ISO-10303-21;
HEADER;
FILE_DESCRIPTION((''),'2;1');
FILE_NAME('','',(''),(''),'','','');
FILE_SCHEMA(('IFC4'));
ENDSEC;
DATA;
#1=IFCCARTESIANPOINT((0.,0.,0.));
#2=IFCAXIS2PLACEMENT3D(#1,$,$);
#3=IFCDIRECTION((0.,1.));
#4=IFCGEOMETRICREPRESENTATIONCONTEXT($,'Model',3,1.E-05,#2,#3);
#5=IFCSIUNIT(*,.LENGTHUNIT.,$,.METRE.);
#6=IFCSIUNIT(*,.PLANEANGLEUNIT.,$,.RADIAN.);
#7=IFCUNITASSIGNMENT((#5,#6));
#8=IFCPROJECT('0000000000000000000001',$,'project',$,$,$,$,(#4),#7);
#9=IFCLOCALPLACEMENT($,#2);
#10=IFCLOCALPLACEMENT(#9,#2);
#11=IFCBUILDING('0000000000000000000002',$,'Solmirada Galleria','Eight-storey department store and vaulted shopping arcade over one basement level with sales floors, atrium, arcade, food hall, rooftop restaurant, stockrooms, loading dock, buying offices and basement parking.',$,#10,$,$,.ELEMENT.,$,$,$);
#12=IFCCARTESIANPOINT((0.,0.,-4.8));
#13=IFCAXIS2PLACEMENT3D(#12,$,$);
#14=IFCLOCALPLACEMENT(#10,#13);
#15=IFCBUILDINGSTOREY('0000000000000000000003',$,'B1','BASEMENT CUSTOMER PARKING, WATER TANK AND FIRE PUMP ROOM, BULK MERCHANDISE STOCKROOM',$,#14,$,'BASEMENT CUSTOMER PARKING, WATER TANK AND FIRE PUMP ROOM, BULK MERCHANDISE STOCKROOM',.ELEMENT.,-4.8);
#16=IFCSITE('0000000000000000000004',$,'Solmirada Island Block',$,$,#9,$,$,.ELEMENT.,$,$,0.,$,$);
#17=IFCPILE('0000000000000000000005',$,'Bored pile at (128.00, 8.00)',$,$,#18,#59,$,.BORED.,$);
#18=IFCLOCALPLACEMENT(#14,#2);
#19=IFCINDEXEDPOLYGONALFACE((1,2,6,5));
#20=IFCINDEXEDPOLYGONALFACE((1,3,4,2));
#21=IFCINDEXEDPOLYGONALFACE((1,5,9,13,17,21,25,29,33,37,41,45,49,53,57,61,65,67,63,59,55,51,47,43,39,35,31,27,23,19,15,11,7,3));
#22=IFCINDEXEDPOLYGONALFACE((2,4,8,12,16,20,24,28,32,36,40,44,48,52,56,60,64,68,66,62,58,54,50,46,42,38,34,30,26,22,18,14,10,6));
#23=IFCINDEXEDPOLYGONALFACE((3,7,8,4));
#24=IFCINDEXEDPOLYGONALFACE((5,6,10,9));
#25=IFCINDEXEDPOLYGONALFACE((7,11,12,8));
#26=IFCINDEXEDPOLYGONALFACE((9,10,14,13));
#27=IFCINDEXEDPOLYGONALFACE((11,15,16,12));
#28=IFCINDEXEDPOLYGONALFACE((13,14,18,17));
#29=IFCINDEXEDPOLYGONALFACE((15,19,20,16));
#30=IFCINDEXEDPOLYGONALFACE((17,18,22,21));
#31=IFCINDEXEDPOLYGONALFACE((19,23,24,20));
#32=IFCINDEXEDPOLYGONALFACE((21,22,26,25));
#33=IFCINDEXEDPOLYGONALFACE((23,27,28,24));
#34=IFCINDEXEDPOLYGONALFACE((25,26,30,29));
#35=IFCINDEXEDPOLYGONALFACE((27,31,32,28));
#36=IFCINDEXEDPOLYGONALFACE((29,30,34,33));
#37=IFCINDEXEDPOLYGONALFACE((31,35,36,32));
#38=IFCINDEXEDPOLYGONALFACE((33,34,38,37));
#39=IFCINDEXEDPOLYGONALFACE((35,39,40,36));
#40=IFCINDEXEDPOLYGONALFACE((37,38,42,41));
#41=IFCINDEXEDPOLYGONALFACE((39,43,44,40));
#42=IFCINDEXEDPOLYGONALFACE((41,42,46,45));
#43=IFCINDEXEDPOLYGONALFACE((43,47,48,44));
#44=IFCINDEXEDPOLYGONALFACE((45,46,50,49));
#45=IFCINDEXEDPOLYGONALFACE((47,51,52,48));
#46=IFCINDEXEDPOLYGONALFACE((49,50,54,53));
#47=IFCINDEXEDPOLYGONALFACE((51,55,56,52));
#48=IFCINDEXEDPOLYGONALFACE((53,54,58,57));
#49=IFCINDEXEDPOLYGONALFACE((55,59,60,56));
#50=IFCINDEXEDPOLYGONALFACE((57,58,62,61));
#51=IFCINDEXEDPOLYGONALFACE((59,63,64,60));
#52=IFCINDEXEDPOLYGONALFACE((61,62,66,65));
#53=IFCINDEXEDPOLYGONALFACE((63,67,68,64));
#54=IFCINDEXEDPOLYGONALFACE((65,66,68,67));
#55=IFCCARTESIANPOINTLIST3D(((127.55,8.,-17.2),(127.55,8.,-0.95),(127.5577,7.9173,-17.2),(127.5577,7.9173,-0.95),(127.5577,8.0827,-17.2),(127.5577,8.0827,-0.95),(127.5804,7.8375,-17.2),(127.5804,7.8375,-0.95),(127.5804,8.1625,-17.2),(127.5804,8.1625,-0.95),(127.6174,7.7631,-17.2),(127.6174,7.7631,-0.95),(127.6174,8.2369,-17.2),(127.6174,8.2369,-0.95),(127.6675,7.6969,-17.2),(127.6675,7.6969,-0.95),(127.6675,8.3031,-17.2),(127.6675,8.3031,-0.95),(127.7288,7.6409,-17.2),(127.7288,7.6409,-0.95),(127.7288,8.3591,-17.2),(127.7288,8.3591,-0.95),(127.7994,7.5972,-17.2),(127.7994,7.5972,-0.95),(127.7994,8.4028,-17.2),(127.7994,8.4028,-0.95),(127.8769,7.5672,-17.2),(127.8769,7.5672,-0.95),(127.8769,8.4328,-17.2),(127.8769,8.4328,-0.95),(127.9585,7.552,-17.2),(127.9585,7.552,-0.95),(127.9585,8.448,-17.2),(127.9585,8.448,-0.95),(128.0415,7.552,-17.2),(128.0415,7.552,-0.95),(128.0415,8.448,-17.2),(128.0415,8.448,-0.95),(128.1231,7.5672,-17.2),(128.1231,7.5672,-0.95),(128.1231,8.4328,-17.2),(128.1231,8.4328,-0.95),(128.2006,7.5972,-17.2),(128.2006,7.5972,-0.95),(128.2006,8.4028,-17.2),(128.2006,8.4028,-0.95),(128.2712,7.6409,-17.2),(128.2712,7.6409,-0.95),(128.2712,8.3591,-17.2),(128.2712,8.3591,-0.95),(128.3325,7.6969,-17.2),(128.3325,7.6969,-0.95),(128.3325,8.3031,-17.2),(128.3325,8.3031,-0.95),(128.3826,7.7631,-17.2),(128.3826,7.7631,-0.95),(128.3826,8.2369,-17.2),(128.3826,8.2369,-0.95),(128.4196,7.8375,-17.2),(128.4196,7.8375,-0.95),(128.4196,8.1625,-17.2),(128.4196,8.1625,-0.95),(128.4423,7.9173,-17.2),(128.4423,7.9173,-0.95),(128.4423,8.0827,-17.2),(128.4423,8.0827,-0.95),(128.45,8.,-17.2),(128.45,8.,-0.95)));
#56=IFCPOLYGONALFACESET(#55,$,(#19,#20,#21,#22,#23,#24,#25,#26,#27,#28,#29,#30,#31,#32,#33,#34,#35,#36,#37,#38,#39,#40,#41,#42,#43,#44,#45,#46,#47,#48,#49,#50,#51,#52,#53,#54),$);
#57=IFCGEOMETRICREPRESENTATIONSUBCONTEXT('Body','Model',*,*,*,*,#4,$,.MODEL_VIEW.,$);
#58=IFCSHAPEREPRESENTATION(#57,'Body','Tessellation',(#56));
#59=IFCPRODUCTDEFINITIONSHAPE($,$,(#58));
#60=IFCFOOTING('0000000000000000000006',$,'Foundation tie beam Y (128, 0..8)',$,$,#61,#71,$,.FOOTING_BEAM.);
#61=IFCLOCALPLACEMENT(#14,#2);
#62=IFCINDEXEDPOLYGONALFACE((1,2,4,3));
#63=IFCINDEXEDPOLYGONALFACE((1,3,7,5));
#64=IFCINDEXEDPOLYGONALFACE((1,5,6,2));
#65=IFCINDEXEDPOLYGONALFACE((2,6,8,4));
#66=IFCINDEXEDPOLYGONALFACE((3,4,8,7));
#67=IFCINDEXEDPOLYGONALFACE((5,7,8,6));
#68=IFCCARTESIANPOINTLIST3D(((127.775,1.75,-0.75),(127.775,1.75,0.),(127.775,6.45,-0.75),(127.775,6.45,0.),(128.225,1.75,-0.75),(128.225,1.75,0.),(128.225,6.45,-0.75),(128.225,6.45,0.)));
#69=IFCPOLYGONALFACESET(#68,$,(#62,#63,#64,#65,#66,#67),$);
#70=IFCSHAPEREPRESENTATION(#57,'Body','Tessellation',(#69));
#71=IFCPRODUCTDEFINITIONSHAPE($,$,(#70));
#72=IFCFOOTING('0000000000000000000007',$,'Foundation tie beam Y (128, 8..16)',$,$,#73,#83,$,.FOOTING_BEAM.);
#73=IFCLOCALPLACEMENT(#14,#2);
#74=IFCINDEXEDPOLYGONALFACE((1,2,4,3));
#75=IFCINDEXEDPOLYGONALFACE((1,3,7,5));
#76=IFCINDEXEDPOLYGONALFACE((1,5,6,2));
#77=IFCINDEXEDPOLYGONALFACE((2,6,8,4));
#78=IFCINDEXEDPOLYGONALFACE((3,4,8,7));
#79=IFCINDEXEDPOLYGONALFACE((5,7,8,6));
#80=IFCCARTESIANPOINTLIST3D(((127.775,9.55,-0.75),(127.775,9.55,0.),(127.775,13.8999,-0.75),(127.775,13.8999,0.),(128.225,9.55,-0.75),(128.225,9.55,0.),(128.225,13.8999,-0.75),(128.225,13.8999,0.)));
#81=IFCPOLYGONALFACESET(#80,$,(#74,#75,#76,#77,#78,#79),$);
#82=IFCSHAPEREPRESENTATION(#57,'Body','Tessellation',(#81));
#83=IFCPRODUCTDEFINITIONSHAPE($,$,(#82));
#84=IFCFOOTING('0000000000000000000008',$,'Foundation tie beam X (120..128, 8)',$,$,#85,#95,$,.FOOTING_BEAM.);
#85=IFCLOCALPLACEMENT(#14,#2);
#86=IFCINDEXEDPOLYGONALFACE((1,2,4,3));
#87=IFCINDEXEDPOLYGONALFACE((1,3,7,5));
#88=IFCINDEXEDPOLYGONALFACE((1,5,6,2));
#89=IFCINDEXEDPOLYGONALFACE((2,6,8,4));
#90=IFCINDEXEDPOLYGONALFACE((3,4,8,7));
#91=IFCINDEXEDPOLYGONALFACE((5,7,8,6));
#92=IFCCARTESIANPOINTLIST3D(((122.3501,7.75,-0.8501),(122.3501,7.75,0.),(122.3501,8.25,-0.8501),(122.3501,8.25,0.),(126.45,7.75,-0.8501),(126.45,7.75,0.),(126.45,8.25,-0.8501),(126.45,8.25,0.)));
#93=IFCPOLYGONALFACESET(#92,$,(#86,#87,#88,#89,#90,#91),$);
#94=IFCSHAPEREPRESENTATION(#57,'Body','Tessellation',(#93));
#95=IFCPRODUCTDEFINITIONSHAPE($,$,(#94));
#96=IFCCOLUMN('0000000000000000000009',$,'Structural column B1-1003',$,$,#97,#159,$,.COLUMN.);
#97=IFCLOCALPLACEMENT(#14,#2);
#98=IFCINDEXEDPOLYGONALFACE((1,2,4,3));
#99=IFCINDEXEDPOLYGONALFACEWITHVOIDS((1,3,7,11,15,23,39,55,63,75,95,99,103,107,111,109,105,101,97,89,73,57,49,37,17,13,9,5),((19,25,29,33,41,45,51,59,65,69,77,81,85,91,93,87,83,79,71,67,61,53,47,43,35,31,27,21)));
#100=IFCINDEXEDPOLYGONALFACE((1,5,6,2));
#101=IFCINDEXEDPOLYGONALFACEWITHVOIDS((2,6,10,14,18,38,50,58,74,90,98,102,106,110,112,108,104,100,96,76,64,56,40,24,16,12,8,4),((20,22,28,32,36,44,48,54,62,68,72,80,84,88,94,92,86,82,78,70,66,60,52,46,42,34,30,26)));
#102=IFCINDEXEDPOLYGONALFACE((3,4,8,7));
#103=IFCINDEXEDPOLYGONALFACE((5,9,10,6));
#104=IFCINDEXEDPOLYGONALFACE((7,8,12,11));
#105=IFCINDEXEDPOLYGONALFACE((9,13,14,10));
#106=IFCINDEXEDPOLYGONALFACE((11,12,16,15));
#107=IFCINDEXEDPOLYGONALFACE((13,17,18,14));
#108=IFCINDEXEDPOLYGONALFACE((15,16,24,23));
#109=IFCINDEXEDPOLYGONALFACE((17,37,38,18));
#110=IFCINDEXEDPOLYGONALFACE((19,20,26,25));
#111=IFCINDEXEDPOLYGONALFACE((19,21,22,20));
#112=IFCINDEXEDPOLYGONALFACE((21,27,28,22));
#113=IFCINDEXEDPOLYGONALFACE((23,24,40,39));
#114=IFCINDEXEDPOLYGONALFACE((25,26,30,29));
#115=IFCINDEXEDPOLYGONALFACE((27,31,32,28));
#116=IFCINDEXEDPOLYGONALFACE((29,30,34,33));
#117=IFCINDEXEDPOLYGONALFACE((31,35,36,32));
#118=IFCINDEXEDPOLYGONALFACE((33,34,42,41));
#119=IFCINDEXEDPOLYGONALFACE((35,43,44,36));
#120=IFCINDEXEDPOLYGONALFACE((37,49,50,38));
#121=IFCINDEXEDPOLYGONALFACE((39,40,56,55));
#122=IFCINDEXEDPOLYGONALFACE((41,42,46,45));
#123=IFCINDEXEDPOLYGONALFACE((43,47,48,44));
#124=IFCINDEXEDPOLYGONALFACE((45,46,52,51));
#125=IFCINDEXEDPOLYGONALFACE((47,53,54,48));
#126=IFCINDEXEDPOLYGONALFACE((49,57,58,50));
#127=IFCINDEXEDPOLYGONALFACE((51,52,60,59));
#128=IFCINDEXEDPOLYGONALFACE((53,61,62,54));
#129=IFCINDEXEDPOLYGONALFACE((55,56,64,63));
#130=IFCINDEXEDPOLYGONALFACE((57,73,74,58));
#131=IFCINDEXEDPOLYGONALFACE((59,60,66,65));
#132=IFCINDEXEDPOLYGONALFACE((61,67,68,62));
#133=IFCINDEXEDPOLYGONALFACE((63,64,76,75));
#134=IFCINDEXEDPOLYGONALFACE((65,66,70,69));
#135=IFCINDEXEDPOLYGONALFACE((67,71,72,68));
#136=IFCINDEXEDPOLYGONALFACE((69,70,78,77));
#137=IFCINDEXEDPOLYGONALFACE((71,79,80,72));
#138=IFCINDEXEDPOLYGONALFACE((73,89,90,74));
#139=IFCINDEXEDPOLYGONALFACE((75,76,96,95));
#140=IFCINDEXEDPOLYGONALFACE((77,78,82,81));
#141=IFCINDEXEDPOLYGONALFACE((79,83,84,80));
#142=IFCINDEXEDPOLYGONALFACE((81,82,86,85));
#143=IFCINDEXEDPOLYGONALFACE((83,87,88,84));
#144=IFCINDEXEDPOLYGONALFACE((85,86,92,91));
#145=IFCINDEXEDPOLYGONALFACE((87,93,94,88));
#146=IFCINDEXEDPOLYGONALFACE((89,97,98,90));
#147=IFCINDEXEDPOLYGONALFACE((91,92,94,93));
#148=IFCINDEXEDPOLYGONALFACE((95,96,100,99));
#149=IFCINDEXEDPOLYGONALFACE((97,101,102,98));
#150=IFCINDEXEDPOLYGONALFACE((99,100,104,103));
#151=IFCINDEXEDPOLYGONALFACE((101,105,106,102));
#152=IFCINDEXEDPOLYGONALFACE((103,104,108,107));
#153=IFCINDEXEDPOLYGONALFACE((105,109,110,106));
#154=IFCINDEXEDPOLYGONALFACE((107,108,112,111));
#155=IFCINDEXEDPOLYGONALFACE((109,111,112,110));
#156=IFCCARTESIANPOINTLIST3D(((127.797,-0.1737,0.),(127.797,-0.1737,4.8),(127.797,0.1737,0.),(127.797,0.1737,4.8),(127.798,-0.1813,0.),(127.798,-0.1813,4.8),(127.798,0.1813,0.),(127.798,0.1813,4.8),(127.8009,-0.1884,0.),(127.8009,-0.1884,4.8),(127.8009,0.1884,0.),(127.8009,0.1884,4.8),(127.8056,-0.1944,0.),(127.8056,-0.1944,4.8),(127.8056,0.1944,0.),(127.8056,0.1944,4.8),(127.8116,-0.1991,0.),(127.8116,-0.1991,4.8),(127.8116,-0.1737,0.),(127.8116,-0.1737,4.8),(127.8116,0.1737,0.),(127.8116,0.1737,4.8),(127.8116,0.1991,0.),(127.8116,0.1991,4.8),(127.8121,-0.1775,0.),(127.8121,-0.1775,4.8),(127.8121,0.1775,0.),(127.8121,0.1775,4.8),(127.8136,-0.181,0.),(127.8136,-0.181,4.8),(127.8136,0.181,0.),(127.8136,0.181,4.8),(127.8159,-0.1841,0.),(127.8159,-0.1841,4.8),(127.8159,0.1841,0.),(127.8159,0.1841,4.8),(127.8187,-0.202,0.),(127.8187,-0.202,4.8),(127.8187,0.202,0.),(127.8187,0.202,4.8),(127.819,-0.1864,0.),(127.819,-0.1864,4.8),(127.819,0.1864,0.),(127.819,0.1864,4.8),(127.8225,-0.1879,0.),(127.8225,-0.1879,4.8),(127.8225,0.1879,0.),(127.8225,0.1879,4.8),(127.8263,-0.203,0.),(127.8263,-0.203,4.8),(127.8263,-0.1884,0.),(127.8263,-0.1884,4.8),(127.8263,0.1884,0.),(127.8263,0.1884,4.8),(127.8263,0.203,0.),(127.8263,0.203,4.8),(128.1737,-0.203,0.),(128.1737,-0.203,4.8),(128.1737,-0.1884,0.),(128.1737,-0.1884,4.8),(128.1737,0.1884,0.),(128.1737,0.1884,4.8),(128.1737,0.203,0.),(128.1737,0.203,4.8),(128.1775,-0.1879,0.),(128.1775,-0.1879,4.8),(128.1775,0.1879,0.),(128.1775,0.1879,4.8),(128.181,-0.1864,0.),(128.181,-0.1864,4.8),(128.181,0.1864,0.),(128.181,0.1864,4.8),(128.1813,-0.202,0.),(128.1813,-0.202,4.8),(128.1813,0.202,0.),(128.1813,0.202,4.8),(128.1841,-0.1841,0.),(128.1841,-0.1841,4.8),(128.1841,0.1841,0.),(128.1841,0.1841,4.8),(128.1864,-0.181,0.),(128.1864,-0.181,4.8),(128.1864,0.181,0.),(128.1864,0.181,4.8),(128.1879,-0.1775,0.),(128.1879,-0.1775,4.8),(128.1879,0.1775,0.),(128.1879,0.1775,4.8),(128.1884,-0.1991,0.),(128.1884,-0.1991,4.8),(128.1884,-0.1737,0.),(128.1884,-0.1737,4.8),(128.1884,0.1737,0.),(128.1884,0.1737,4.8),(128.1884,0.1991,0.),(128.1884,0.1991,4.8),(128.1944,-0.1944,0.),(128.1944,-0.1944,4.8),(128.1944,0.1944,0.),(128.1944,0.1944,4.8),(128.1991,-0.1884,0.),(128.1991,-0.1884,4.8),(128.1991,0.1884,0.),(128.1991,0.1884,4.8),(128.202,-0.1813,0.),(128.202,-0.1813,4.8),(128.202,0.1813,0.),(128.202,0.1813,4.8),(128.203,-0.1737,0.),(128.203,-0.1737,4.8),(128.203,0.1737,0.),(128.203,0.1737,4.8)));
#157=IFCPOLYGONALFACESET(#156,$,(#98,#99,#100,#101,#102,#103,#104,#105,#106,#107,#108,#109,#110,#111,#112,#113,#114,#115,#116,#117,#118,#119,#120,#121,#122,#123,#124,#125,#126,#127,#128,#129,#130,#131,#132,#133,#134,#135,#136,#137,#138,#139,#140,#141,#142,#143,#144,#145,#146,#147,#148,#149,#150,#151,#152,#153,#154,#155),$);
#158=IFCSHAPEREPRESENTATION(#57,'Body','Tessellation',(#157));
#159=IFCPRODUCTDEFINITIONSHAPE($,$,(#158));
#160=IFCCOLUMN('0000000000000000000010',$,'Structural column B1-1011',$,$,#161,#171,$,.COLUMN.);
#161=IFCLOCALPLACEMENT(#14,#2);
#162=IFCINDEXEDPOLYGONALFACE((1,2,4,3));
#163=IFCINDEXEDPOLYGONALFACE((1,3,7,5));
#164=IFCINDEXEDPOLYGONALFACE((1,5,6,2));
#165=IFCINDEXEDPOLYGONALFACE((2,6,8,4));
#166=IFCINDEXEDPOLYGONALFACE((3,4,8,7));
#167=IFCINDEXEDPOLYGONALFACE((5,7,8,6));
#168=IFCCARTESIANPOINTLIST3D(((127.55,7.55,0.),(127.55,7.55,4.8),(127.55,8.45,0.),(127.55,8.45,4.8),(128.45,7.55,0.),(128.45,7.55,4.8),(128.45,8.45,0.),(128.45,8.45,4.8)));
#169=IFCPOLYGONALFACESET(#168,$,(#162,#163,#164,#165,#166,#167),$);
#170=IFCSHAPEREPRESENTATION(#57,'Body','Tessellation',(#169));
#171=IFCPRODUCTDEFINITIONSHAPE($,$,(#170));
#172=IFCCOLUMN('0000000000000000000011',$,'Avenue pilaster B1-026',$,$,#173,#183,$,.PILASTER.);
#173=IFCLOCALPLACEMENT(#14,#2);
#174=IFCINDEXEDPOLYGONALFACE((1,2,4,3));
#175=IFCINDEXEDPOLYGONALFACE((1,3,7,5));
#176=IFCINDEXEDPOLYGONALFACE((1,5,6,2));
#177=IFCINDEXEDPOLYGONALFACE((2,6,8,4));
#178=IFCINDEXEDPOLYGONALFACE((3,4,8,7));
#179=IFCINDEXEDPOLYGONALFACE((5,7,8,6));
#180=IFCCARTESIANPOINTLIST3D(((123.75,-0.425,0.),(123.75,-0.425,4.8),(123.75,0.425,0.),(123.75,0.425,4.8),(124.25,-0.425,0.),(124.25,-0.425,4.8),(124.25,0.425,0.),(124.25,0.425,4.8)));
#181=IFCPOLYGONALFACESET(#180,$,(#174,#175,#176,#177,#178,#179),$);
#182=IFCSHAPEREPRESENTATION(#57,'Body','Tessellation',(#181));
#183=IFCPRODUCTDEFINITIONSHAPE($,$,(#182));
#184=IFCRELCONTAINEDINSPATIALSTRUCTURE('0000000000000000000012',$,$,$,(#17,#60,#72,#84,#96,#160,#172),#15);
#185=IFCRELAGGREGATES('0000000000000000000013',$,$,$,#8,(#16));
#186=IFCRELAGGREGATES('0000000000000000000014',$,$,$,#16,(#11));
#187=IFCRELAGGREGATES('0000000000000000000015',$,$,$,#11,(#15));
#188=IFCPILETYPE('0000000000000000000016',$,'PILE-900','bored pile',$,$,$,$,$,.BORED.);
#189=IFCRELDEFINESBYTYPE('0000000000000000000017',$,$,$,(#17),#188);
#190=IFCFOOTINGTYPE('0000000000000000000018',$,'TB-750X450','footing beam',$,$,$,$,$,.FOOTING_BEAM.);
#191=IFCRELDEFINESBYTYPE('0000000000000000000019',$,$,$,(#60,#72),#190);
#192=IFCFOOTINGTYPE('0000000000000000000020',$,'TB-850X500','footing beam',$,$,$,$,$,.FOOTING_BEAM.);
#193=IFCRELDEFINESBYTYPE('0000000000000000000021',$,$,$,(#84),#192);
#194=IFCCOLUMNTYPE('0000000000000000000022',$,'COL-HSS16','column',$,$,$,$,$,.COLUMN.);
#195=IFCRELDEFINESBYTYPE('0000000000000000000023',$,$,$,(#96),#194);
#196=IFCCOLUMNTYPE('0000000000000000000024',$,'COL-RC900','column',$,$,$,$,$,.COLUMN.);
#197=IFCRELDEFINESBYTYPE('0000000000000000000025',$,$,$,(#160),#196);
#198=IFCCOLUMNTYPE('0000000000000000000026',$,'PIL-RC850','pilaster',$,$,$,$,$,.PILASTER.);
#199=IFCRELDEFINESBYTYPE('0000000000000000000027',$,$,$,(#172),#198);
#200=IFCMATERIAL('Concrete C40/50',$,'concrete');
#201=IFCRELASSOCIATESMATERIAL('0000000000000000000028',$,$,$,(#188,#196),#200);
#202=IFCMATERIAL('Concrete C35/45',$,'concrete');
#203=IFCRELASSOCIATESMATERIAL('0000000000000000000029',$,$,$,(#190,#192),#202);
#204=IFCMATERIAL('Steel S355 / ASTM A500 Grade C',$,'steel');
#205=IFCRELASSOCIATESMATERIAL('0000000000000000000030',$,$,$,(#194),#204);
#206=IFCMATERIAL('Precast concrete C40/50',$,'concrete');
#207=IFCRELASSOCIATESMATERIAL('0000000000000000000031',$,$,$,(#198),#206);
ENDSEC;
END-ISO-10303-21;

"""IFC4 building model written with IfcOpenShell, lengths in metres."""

from ifc_helpers import new_model, si_unit, direction, frame, origin, origin_2d, place, context, subcontext, project, spatial, rectangle, hollow_rectangle, circle, extrude, material, material_profile, profile_set, type_object, element, save


model = new_model("IFC4")

# Units and contexts
model_context = context("Model", 3, precision=1e-05, world=origin(), true_north=direction((0.0, 1.0)))
body_context = subcontext(model_context, "Body", "Model", "MODEL_VIEW")
ifc_project = project(units=[si_unit("LENGTHUNIT", "METRE"), si_unit("PLANEANGLEUNIT", "RADIAN")], contexts=[model_context])

# Site, building, storey
site_placement = place(None, origin())
site = spatial("IfcSite", under=ifc_project, at=site_placement, Name="Solmirada Island Block", CompositionType="ELEMENT", RefElevation=0.0)
building_placement = place(site_placement, origin())
building = spatial("IfcBuilding", under=site, at=building_placement, Name="Solmirada Galleria", Description="Eight-storey department store and vaulted shopping arcade over one basement level with sales floors, atrium, arcade, food hall, rooftop restaurant, stockrooms, loading dock, buying offices and basement parking.", CompositionType="ELEMENT")
storey_placement = place(building_placement, frame((0.0, 0.0, -4.8)))
storey = spatial("IfcBuildingStorey", under=building, at=storey_placement, Name="B1", Description="BASEMENT CUSTOMER PARKING, WATER TANK AND FIRE PUMP ROOM, BULK MERCHANDISE STOCKROOM", LongName="BASEMENT CUSTOMER PARKING, WATER TANK AND FIRE PUMP ROOM, BULK MERCHANDISE STOCKROOM", CompositionType="ELEMENT", Elevation=-4.8)

# Shared definitions
ifc_material_1 = material(Name="Concrete C35/45", Category="concrete")

# Pile
ifc_material_2 = material(Name="Concrete C40/50", Category="concrete")
ifc_material_profile_1 = material_profile(ifc_material_2, circle(Radius=0.45, at=origin_2d()), Name="PILE900")
ifc_profile_set_1 = profile_set([ifc_material_profile_1], Name="Concrete C40/50")
pile_type = type_object("IfcPileType", Name="PILE-900", Description="bored pile", PredefinedType="BORED", material=ifc_profile_set_1)
pile_1_placement = place(storey_placement, frame((128.0, 8.0, -0.95), z_axis=(0.0, 0.0, -1.0), x_axis=(1.0, 0.0, 0.0)))
element("IfcPile", 1, at=pile_1_placement, inside=storey, type_object=pile_type, Name="Bored pile at (128.00, 8.00)", PredefinedType="BORED", context=body_context, shape_type="SweptSolid", body=[
    extrude(circle(Radius=0.45, at=origin_2d()), origin(), (0.0, 0.0, 1.0), 16.25),
])

# Footings
ifc_material_profile_2 = material_profile(ifc_material_1, rectangle(XDim=0.45, YDim=0.75, at=origin_2d()), Name="RC750X450")
ifc_profile_set_2 = profile_set([ifc_material_profile_2], Name="Concrete C35/45")
footing_type_1 = type_object("IfcFootingType", Name="TB-750X450", Description="footing beam", PredefinedType="FOOTING_BEAM", material=ifc_profile_set_2)
footing_1_placement = place(storey_placement, frame((128.0, 1.75, -0.375), z_axis=(0.0, 1.0, 0.0), x_axis=(-1.0, 0.0, 0.0)))
element("IfcFooting", 2, at=footing_1_placement, inside=storey, type_object=footing_type_1, Name="Foundation tie beam Y (128, 0..8)", PredefinedType="FOOTING_BEAM", context=body_context, shape_type="SweptSolid", body=[
    extrude(rectangle(XDim=0.45, YDim=0.75, at=origin_2d()), origin(), (0.0, 0.0, 1.0), 4.7),
])
footing_2_placement = place(storey_placement, frame((128.0, 9.55, -0.375), z_axis=(0.0, 1.0, 0.0), x_axis=(-1.0, 0.0, 0.0)))
element("IfcFooting", 3, at=footing_2_placement, inside=storey, type_object=footing_type_1, Name="Foundation tie beam Y (128, 8..16)", PredefinedType="FOOTING_BEAM", context=body_context, shape_type="SweptSolid", body=[
    extrude(rectangle(XDim=0.45, YDim=0.75, at=origin_2d()), origin(), (0.0, 0.0, 1.0), 4.3499),
])
ifc_material_profile_3 = material_profile(ifc_material_1, rectangle(XDim=0.5, YDim=0.8501, at=origin_2d()), Name="RC850X500")
ifc_profile_set_3 = profile_set([ifc_material_profile_3], Name="Concrete C35/45")
footing_type_2 = type_object("IfcFootingType", Name="TB-850X500", Description="footing beam", PredefinedType="FOOTING_BEAM", material=ifc_profile_set_3)
footing_3_placement = place(storey_placement, frame((122.3501, 8.0, -0.425), z_axis=(1.0, 0.0, 0.0), x_axis=(0.0, 1.0, 0.0)))
element("IfcFooting", 4, at=footing_3_placement, inside=storey, type_object=footing_type_2, Name="Foundation tie beam X (120..128, 8)", PredefinedType="FOOTING_BEAM", context=body_context, shape_type="SweptSolid", body=[
    extrude(rectangle(XDim=0.5, YDim=0.8501, at=origin_2d()), origin(), (0.0, 0.0, 1.0), 4.0999),
])

# Columns
ifc_material_3 = material(Name="Steel S355 / ASTM A500 Grade C", Category="steel")
ifc_material_profile_4 = material_profile(ifc_material_3, hollow_rectangle(XDim=0.406, YDim=0.406, WallThickness=0.0146, InnerFilletRadius=0.0146, OuterFilletRadius=0.0293, at=origin_2d()), Name="HSS16X16X5/8")
ifc_profile_set_4 = profile_set([ifc_material_profile_4], Name="Steel S355 / ASTM A500 Grade C")
column_type_1 = type_object("IfcColumnType", Name="COL-HSS16", Description="column", PredefinedType="COLUMN", material=ifc_profile_set_4)
column_1_placement = place(storey_placement, frame((128.0, 0.0, 0.0), z_axis=(0.0, 0.0, 1.0), x_axis=(1.0, 0.0, 0.0)))
element("IfcColumn", 5, at=column_1_placement, inside=storey, type_object=column_type_1, Name="Structural column B1-1003", PredefinedType="COLUMN", context=body_context, shape_type="SweptSolid", body=[
    extrude(hollow_rectangle(XDim=0.406, YDim=0.406, WallThickness=0.0146, InnerFilletRadius=0.0146, OuterFilletRadius=0.0293, at=origin_2d()), origin(), (0.0, 0.0, 1.0), 4.8),
])
ifc_material_profile_5 = material_profile(ifc_material_2, rectangle(XDim=0.8999, YDim=0.8999, at=origin_2d()), Name="RC900X900")
ifc_profile_set_5 = profile_set([ifc_material_profile_5], Name="Concrete C40/50")
column_type_2 = type_object("IfcColumnType", Name="COL-RC900", Description="column", PredefinedType="COLUMN", material=ifc_profile_set_5)
column_2_placement = place(storey_placement, frame((128.0, 8.0, 0.0), z_axis=(0.0, 0.0, 1.0), x_axis=(1.0, 0.0, 0.0)))
element("IfcColumn", 6, at=column_2_placement, inside=storey, type_object=column_type_2, Name="Structural column B1-1011", PredefinedType="COLUMN", context=body_context, shape_type="SweptSolid", body=[
    extrude(rectangle(XDim=0.8999, YDim=0.8999, at=origin_2d()), origin(), (0.0, 0.0, 1.0), 4.8),
])
ifc_material_4 = material(Name="Precast concrete C40/50", Category="concrete")
ifc_material_profile_6 = material_profile(ifc_material_4, rectangle(XDim=0.5, YDim=0.8501, at=origin_2d()), Name="RC850X500")
ifc_profile_set_6 = profile_set([ifc_material_profile_6], Name="Precast concrete C40/50")
column_type_3 = type_object("IfcColumnType", Name="PIL-RC850", Description="pilaster", PredefinedType="PILASTER", material=ifc_profile_set_6)
column_3_placement = place(storey_placement, frame((124.0, 0.0, 0.0), z_axis=(0.0, 0.0, 1.0), x_axis=(1.0, 0.0, 0.0)))
element("IfcColumn", 7, at=column_3_placement, inside=storey, type_object=column_type_3, Name="Avenue pilaster B1-026", PredefinedType="PILASTER", context=body_context, shape_type="SweptSolid", body=[
    extrude(rectangle(XDim=0.5, YDim=0.8501, at=origin_2d()), origin(), (0.0, 0.0, 1.0), 4.8),
])

save(model, "model.ifc")
